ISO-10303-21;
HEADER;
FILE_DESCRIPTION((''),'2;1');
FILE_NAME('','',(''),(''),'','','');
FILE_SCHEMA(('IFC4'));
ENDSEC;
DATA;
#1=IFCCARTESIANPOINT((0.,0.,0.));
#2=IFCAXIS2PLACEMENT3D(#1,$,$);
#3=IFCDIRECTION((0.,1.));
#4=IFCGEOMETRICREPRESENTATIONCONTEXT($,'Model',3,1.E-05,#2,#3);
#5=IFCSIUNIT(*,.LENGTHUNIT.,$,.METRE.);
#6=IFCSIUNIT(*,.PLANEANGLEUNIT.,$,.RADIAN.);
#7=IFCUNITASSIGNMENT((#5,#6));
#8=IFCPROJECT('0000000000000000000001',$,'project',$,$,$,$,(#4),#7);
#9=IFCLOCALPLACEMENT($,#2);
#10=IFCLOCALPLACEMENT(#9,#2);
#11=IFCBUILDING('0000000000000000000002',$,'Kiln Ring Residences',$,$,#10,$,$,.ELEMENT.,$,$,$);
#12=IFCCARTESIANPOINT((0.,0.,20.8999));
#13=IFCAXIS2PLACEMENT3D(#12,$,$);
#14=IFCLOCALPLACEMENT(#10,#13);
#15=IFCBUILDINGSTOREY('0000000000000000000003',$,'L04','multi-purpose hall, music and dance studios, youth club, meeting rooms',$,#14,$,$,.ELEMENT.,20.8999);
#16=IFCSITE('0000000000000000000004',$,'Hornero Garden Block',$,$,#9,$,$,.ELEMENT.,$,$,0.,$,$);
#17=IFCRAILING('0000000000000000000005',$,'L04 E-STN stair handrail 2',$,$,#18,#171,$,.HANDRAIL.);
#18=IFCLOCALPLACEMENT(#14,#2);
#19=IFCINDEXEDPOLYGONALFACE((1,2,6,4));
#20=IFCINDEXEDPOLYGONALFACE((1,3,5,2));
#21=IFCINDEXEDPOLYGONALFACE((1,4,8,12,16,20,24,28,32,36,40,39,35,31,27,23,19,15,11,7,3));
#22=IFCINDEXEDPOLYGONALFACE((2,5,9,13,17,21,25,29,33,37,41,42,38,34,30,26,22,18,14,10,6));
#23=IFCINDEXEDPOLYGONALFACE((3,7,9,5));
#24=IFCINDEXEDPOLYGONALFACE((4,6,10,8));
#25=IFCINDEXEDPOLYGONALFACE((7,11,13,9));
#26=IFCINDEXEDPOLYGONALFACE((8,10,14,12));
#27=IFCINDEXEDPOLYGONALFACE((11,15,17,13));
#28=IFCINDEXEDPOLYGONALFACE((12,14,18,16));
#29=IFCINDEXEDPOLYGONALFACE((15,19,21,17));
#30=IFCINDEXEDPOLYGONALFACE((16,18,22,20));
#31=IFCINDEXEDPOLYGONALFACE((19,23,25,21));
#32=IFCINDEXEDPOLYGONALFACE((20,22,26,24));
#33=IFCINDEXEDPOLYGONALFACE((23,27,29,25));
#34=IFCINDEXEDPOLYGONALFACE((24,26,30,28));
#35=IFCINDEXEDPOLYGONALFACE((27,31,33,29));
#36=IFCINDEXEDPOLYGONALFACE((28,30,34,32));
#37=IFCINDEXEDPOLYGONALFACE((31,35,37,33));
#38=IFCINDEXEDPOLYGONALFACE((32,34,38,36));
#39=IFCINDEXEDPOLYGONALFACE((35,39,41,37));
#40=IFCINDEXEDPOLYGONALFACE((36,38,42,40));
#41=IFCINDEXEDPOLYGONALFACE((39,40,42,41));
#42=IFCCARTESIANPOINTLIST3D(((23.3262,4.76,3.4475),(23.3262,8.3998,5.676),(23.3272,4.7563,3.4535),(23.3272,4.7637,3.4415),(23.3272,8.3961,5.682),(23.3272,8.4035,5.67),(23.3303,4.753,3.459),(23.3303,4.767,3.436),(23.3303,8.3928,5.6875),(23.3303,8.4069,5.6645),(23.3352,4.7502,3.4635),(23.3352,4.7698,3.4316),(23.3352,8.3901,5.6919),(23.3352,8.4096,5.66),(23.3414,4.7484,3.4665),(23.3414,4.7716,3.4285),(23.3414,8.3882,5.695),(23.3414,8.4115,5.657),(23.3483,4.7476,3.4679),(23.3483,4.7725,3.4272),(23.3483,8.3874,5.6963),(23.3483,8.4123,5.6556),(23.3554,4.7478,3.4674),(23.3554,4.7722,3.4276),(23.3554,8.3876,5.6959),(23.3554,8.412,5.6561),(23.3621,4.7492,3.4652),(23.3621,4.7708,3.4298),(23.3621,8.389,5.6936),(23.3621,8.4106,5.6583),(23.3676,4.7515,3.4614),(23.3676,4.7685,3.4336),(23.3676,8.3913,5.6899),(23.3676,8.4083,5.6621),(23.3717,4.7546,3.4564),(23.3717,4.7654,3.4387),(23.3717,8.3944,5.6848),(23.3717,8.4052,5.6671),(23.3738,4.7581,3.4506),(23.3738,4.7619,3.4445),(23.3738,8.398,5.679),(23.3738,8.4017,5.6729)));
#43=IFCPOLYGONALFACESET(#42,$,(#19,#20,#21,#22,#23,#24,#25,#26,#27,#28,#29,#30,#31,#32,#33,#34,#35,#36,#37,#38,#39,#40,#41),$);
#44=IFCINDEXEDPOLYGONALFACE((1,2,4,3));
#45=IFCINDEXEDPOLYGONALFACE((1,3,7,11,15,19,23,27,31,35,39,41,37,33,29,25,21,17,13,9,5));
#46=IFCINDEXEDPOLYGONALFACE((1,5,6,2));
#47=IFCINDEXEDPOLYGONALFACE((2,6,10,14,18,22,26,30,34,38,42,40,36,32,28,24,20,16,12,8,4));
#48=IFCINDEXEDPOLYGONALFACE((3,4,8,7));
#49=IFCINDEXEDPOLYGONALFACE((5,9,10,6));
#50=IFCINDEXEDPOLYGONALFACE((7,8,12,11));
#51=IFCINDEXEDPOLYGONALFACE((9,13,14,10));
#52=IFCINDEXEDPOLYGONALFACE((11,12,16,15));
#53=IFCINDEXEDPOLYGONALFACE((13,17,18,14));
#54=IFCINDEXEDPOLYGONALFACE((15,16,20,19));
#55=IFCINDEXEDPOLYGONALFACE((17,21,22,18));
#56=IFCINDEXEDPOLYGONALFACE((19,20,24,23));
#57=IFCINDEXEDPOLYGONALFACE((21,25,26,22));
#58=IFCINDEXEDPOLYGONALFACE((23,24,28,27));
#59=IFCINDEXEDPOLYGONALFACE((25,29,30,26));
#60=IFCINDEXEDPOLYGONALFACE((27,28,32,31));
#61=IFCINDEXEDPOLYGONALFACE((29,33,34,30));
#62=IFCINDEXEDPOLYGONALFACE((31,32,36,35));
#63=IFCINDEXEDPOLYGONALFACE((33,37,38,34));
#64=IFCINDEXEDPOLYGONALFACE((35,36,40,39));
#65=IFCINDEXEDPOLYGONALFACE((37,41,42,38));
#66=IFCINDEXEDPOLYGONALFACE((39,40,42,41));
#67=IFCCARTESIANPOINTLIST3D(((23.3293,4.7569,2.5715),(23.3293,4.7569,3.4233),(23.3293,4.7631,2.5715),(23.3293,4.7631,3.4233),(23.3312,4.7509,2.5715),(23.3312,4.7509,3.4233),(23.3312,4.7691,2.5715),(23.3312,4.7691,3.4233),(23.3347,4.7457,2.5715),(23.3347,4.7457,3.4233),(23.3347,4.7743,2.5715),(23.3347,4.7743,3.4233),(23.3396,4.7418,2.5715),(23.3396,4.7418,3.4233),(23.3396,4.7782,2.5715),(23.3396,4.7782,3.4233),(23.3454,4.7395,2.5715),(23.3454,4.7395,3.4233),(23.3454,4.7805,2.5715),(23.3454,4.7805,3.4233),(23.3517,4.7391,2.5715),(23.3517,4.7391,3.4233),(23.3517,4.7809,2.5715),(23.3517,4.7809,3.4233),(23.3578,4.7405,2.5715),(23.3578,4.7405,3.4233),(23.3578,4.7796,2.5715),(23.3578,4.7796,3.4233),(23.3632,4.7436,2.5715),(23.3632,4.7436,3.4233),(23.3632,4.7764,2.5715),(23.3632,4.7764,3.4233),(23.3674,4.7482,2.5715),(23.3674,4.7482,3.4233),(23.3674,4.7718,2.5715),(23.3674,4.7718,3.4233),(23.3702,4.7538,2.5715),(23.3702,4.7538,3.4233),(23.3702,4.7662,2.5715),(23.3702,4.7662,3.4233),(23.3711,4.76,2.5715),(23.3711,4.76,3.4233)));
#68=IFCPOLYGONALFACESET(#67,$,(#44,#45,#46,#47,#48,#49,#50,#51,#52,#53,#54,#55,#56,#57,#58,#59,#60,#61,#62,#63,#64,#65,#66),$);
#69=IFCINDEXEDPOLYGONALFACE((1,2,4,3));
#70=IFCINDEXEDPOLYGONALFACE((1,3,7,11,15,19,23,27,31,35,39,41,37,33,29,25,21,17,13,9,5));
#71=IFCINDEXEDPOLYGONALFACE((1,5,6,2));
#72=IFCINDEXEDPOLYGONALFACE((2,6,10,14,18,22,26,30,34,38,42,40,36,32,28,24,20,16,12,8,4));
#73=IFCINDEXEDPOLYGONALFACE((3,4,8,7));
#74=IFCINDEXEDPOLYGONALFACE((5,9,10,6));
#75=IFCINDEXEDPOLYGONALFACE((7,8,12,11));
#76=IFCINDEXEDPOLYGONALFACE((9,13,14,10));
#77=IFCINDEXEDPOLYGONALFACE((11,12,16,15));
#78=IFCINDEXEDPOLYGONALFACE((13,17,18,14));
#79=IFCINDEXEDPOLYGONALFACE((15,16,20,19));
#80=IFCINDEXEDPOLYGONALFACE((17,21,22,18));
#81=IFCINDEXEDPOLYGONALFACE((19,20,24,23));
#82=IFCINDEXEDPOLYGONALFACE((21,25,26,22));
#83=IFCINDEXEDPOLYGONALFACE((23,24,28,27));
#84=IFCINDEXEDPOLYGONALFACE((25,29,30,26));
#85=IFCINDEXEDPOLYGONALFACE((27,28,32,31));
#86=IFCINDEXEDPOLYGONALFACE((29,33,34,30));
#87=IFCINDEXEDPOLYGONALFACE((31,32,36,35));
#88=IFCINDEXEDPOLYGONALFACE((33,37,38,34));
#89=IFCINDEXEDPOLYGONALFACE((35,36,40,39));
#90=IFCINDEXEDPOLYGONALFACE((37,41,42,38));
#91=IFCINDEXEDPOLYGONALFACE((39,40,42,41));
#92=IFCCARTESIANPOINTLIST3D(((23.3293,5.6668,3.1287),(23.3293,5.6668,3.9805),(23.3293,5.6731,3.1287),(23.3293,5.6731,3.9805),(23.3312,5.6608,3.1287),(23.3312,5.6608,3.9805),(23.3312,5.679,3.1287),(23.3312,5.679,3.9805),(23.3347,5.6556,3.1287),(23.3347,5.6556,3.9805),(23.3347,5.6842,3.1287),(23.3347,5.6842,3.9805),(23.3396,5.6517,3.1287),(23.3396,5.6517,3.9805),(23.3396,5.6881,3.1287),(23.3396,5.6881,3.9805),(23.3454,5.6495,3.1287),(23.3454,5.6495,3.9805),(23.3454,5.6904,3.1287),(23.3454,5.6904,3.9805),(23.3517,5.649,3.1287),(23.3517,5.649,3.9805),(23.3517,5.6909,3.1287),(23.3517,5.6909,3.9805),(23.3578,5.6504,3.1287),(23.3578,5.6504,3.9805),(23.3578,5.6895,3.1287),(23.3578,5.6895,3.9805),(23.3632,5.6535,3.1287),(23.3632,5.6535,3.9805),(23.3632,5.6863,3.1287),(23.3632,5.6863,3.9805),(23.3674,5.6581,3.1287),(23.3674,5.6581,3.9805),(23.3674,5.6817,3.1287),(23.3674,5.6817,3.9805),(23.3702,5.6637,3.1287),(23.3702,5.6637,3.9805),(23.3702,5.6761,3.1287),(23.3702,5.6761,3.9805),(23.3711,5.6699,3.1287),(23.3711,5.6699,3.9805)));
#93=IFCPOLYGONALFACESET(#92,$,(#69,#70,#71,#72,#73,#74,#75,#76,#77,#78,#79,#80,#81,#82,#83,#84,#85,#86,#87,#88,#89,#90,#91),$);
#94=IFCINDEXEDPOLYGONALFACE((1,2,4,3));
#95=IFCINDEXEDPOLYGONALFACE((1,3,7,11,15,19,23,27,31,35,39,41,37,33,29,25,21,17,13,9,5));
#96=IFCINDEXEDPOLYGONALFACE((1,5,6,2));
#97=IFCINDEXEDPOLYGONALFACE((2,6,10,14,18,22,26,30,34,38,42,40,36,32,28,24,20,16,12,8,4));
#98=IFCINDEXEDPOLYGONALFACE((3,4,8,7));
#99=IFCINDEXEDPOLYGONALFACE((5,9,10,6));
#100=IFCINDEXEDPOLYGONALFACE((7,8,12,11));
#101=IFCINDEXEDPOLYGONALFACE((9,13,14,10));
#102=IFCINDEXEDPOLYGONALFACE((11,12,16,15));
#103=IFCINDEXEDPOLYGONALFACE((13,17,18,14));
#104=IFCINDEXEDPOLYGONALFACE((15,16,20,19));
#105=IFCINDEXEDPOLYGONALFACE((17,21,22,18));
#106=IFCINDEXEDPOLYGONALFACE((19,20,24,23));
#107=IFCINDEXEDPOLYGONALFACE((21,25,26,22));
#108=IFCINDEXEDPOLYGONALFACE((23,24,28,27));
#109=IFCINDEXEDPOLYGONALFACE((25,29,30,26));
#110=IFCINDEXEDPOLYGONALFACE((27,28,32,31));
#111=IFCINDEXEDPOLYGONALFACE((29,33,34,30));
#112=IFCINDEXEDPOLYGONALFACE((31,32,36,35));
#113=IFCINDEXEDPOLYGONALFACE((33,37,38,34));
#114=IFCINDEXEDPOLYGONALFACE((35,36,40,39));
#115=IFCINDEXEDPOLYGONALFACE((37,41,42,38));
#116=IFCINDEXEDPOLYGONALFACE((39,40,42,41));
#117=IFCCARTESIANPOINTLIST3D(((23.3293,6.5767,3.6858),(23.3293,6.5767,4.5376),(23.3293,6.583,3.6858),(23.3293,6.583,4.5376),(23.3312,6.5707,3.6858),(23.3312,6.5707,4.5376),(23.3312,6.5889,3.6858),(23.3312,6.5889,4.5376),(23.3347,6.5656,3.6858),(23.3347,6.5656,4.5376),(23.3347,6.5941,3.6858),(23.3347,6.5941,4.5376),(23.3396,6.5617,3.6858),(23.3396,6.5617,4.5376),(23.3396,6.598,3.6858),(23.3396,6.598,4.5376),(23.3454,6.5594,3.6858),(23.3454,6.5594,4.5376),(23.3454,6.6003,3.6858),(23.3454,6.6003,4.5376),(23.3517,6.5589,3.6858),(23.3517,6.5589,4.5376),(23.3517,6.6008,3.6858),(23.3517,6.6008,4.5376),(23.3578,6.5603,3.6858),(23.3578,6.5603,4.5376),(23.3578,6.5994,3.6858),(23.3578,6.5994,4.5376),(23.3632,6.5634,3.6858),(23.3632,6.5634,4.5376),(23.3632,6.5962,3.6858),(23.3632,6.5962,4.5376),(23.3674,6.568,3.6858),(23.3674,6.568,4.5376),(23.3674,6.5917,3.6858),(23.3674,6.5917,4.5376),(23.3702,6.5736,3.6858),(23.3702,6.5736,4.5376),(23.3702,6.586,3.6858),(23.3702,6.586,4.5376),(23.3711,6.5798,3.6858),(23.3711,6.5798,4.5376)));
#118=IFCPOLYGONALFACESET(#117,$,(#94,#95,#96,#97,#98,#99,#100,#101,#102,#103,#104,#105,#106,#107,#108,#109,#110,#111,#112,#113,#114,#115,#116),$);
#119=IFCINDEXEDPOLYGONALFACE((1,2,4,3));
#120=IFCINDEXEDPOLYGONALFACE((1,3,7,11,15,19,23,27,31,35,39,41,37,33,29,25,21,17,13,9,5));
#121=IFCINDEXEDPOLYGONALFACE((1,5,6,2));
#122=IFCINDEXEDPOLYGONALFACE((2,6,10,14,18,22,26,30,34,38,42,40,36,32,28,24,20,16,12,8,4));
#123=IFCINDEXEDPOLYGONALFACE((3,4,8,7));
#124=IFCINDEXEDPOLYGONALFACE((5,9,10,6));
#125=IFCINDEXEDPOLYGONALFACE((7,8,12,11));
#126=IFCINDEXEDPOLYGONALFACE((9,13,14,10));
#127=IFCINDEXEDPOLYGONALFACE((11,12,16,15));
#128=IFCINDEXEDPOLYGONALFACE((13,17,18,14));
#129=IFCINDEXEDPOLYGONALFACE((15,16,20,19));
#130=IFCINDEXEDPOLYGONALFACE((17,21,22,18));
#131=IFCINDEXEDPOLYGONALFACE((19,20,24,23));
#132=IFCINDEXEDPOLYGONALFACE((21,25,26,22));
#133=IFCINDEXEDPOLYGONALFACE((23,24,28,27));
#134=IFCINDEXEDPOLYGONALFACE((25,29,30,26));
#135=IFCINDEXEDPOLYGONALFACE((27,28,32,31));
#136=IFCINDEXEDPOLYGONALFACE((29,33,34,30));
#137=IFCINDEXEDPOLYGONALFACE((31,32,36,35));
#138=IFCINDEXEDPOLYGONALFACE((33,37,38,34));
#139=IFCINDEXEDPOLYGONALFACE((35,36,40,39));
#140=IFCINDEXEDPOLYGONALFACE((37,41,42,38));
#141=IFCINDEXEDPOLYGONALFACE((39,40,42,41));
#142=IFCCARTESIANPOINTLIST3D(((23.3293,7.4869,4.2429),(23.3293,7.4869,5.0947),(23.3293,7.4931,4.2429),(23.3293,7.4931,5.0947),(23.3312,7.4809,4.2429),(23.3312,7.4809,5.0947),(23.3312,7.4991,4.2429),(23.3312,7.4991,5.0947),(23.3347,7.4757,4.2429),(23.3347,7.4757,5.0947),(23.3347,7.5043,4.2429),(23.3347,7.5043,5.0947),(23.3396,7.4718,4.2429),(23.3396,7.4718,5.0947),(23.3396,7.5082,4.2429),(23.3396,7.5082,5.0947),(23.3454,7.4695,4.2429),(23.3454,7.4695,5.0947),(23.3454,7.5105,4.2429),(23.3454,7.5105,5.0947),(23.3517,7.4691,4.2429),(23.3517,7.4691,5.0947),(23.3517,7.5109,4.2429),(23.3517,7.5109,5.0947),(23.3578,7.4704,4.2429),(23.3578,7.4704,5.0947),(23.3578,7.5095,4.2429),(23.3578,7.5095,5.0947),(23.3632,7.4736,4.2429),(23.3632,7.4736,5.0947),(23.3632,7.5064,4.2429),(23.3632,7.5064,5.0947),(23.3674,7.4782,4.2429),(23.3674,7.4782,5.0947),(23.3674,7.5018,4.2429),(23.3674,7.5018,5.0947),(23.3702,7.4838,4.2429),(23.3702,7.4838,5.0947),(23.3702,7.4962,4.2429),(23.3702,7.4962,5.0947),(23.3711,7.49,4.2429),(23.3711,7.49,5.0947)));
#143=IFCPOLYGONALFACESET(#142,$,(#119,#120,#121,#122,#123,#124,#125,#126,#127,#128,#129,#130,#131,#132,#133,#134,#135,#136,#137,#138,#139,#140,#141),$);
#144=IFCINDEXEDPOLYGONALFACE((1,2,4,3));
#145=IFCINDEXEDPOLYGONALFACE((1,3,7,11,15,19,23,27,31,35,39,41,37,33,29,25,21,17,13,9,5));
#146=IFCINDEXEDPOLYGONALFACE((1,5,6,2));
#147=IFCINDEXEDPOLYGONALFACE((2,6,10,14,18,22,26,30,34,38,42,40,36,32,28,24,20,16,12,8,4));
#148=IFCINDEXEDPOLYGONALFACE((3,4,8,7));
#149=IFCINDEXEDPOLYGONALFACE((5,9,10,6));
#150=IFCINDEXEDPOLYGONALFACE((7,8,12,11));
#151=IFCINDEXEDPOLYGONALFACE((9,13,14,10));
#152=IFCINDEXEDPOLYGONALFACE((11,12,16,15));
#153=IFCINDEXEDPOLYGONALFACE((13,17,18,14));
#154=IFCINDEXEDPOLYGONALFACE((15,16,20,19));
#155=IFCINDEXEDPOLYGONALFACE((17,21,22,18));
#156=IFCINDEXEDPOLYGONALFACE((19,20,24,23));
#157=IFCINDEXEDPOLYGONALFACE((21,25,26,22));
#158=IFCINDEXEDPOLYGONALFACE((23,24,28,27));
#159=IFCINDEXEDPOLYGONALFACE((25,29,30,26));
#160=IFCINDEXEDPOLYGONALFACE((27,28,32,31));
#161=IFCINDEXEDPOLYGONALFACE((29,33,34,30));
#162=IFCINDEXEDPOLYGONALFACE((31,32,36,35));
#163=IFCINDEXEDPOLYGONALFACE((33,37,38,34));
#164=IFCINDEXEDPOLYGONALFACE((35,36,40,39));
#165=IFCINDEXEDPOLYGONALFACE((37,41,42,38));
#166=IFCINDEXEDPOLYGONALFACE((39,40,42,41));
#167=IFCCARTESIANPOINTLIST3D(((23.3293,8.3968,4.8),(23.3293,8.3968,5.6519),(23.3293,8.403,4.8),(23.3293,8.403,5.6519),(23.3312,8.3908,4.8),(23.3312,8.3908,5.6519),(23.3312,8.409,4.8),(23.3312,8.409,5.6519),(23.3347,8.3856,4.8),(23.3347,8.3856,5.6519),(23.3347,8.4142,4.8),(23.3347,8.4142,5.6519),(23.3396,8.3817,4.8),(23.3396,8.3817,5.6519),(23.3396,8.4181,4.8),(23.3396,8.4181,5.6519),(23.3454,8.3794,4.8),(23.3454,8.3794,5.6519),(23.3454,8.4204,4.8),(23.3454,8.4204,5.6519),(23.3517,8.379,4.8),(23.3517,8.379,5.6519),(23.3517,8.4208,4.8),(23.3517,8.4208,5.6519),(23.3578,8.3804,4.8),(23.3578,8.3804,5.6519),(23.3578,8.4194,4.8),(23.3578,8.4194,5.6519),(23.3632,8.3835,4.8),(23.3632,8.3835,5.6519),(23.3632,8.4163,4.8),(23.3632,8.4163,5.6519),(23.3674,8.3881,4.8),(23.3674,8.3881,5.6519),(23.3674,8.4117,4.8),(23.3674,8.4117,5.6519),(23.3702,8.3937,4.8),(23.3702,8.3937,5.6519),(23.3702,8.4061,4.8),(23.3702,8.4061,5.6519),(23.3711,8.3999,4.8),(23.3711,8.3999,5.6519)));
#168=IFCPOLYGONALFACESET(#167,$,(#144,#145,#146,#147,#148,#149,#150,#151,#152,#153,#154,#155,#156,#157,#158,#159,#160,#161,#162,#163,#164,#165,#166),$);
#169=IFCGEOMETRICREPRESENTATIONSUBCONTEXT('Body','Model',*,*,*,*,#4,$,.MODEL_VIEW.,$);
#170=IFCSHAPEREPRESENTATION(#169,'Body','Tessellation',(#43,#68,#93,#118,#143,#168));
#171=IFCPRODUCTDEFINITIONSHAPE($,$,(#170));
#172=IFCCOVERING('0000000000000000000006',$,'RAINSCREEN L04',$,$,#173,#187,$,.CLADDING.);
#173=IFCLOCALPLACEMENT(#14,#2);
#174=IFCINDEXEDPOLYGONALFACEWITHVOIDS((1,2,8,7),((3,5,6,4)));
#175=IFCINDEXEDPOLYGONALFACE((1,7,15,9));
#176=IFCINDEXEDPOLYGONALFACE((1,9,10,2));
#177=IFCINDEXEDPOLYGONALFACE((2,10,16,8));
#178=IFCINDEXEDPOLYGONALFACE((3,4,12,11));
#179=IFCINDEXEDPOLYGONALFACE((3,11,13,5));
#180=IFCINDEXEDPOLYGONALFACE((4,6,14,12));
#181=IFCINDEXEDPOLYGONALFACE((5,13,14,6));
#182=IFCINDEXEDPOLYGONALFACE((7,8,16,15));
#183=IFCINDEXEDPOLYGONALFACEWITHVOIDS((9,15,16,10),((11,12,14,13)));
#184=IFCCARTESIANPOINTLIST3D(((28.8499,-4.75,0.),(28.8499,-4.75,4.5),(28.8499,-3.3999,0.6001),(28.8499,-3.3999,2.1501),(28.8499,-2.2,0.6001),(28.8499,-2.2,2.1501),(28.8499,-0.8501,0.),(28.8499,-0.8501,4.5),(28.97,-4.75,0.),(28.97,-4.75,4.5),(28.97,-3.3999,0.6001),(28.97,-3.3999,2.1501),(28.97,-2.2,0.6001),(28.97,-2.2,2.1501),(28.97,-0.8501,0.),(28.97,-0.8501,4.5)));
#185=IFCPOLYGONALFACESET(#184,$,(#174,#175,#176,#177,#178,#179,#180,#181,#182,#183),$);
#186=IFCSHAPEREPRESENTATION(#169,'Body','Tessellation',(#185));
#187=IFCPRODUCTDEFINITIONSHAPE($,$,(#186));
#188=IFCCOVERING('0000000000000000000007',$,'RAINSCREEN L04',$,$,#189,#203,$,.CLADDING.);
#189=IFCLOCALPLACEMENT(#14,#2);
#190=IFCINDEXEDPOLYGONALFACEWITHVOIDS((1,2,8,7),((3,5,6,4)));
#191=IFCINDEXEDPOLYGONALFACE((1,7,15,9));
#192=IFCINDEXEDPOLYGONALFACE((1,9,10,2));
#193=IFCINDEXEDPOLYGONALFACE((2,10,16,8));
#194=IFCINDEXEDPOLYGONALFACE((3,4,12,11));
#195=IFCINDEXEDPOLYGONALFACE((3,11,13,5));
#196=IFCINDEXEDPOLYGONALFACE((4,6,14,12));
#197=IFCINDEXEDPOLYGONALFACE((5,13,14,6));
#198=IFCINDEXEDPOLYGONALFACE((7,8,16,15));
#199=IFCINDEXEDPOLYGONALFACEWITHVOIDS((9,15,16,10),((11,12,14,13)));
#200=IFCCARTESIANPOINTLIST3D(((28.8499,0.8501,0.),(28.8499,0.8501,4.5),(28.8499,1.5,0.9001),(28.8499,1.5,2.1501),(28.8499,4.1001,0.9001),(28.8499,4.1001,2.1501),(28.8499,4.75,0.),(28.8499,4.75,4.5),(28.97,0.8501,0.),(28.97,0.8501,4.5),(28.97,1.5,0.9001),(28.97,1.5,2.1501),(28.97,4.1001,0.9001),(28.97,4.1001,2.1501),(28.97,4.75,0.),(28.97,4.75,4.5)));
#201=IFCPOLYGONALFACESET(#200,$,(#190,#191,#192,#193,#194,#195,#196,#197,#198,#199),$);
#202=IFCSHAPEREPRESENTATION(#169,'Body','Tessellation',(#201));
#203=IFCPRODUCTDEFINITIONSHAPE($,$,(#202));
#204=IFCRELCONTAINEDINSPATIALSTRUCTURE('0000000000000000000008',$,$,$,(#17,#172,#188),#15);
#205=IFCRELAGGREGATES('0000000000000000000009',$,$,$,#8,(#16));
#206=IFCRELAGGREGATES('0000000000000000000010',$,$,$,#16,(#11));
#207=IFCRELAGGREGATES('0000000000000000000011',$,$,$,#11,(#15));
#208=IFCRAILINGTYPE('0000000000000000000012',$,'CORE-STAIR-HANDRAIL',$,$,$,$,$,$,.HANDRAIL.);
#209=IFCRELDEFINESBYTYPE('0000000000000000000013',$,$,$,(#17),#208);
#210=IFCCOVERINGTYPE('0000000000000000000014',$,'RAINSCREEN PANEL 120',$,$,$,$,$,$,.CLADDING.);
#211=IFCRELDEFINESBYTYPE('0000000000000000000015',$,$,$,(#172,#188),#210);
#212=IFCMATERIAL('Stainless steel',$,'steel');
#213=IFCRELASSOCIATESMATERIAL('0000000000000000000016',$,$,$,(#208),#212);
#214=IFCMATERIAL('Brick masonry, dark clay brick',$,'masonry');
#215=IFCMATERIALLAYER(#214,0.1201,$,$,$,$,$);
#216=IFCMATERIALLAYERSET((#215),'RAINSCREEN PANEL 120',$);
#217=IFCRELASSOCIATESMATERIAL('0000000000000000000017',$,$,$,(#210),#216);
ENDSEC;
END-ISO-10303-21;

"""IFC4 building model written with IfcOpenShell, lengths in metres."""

from ifc_helpers import new_model, si_unit, direction, frame, origin, origin_2d, place, context, subcontext, project, spatial, polyline, circle, outline, extrude, material, layer, layer_set, type_object, element, save


model = new_model("IFC4")

# Units and contexts
model_context = context("Model", 3, precision=1e-05, world=origin(), true_north=direction((0.0, 1.0)))
body_context = subcontext(model_context, "Body", "Model", "MODEL_VIEW")
ifc_project = project(units=[si_unit("LENGTHUNIT", "METRE"), si_unit("PLANEANGLEUNIT", "RADIAN")], contexts=[model_context])

# Site, building, storey
site_placement = place(None, origin())
site = spatial("IfcSite", under=ifc_project, at=site_placement, Name="Hornero Garden Block", CompositionType="ELEMENT", RefElevation=0.0)
building_placement = place(site_placement, origin())
building = spatial("IfcBuilding", under=site, at=building_placement, Name="Kiln Ring Residences", CompositionType="ELEMENT")
storey_placement = place(building_placement, frame((0.0, 0.0, 20.8999)))
storey = spatial("IfcBuildingStorey", under=building, at=storey_placement, Name="L04", Description="multi-purpose hall, music and dance studios, youth club, meeting rooms", CompositionType="ELEMENT", Elevation=20.8999)

# Railing
ifc_material_1 = material(Name="Stainless steel", Category="steel")
railing_type_1 = type_object("IfcRailingType", Name="CORE-STAIR-HANDRAIL", PredefinedType="HANDRAIL", material=ifc_material_1)
railing_1_placement = place(storey_placement, frame((23.3501, 4.76, 2.5715)))
element("IfcRailing", 1, at=railing_1_placement, inside=storey, type_object=railing_type_1, Name="L04 E-STN stair handrail 2", PredefinedType="HANDRAIL", context=body_context, shape_type="SweptSolid", body=[
    extrude(circle(Radius=0.0239, at=origin_2d()), frame((0.0, 0.0, 0.876), z_axis=(0.0, 0.85285, 0.522156), x_axis=(-1.0, 0.0, 0.0)), (0.0, 0.0, 1.0), 4.2678),
    extrude(circle(Radius=0.021, at=origin_2d()), origin(), (0.0, 0.0, 1.0), 0.8518),
    extrude(circle(Radius=0.021, at=origin_2d()), frame((0.0, 0.9099, 0.5571)), (0.0, 0.0, 1.0), 0.8518),
    extrude(circle(Radius=0.021, at=origin_2d()), frame((0.0, 1.8198, 1.1143)), (0.0, 0.0, 1.0), 0.8518),
    extrude(circle(Radius=0.021, at=origin_2d()), frame((0.0, 2.73, 1.6714)), (0.0, 0.0, 1.0), 0.8518),
    extrude(circle(Radius=0.021, at=origin_2d()), frame((0.0, 3.6399, 2.2285)), (0.0, 0.0, 1.0), 0.8518),
])

# Coverings
ifc_material_2 = material(Name="Brick masonry, dark clay brick", Category="masonry")
ifc_layer_1 = layer(ifc_material_2, 0.1201)
ifc_layer_set_1 = layer_set([ifc_layer_1], Name="RAINSCREEN PANEL 120")
covering_type = type_object("IfcCoveringType", Name="RAINSCREEN PANEL 120", PredefinedType="CLADDING", material=ifc_layer_set_1)
covering_1_placement = place(storey_placement, frame((28.9099, -4.75, 0.0), z_axis=(0.0, 0.0, 1.0), x_axis=(0.0, 1.0, 0.0)))
element("IfcCovering", 2, at=covering_1_placement, inside=storey, type_object=covering_type, Name="RAINSCREEN L04", PredefinedType="CLADDING", context=body_context, shape_type="SweptSolid", body=[
    extrude(outline(polyline([(0.0, 0.0), (3.8999, 0.0), (3.8999, 4.5), (0.0, 4.5), (0.0, 0.0)]), holes=[polyline([(1.3501, 2.1501), (1.3501, 0.6001), (2.55, 0.6001), (2.55, 2.1501), (1.3501, 2.1501)])]), frame((0.0, 0.0601, 0.0), z_axis=(0.0, -1.0, 0.0), x_axis=(1.0, 0.0, 0.0)), (0.0, 0.0, 1.0), 0.1201),
])
covering_2_placement = place(storey_placement, frame((28.9099, 0.8501, 0.0), z_axis=(0.0, 0.0, 1.0), x_axis=(0.0, 1.0, 0.0)))
element("IfcCovering", 3, at=covering_2_placement, inside=storey, type_object=covering_type, Name="RAINSCREEN L04", PredefinedType="CLADDING", context=body_context, shape_type="SweptSolid", body=[
    extrude(outline(polyline([(0.0, 0.0), (3.8999, 0.0), (3.8999, 4.5), (0.0, 4.5), (0.0, 0.0)]), holes=[polyline([(0.6499, 2.1501), (0.6499, 0.9001), (3.25, 0.9001), (3.25, 2.1501), (0.6499, 2.1501)])]), frame((0.0, 0.0601, 0.0), z_axis=(0.0, -1.0, 0.0), x_axis=(1.0, 0.0, 0.0)), (0.0, 0.0, 1.0), 0.1201),
])

save(model, "model.ifc")
